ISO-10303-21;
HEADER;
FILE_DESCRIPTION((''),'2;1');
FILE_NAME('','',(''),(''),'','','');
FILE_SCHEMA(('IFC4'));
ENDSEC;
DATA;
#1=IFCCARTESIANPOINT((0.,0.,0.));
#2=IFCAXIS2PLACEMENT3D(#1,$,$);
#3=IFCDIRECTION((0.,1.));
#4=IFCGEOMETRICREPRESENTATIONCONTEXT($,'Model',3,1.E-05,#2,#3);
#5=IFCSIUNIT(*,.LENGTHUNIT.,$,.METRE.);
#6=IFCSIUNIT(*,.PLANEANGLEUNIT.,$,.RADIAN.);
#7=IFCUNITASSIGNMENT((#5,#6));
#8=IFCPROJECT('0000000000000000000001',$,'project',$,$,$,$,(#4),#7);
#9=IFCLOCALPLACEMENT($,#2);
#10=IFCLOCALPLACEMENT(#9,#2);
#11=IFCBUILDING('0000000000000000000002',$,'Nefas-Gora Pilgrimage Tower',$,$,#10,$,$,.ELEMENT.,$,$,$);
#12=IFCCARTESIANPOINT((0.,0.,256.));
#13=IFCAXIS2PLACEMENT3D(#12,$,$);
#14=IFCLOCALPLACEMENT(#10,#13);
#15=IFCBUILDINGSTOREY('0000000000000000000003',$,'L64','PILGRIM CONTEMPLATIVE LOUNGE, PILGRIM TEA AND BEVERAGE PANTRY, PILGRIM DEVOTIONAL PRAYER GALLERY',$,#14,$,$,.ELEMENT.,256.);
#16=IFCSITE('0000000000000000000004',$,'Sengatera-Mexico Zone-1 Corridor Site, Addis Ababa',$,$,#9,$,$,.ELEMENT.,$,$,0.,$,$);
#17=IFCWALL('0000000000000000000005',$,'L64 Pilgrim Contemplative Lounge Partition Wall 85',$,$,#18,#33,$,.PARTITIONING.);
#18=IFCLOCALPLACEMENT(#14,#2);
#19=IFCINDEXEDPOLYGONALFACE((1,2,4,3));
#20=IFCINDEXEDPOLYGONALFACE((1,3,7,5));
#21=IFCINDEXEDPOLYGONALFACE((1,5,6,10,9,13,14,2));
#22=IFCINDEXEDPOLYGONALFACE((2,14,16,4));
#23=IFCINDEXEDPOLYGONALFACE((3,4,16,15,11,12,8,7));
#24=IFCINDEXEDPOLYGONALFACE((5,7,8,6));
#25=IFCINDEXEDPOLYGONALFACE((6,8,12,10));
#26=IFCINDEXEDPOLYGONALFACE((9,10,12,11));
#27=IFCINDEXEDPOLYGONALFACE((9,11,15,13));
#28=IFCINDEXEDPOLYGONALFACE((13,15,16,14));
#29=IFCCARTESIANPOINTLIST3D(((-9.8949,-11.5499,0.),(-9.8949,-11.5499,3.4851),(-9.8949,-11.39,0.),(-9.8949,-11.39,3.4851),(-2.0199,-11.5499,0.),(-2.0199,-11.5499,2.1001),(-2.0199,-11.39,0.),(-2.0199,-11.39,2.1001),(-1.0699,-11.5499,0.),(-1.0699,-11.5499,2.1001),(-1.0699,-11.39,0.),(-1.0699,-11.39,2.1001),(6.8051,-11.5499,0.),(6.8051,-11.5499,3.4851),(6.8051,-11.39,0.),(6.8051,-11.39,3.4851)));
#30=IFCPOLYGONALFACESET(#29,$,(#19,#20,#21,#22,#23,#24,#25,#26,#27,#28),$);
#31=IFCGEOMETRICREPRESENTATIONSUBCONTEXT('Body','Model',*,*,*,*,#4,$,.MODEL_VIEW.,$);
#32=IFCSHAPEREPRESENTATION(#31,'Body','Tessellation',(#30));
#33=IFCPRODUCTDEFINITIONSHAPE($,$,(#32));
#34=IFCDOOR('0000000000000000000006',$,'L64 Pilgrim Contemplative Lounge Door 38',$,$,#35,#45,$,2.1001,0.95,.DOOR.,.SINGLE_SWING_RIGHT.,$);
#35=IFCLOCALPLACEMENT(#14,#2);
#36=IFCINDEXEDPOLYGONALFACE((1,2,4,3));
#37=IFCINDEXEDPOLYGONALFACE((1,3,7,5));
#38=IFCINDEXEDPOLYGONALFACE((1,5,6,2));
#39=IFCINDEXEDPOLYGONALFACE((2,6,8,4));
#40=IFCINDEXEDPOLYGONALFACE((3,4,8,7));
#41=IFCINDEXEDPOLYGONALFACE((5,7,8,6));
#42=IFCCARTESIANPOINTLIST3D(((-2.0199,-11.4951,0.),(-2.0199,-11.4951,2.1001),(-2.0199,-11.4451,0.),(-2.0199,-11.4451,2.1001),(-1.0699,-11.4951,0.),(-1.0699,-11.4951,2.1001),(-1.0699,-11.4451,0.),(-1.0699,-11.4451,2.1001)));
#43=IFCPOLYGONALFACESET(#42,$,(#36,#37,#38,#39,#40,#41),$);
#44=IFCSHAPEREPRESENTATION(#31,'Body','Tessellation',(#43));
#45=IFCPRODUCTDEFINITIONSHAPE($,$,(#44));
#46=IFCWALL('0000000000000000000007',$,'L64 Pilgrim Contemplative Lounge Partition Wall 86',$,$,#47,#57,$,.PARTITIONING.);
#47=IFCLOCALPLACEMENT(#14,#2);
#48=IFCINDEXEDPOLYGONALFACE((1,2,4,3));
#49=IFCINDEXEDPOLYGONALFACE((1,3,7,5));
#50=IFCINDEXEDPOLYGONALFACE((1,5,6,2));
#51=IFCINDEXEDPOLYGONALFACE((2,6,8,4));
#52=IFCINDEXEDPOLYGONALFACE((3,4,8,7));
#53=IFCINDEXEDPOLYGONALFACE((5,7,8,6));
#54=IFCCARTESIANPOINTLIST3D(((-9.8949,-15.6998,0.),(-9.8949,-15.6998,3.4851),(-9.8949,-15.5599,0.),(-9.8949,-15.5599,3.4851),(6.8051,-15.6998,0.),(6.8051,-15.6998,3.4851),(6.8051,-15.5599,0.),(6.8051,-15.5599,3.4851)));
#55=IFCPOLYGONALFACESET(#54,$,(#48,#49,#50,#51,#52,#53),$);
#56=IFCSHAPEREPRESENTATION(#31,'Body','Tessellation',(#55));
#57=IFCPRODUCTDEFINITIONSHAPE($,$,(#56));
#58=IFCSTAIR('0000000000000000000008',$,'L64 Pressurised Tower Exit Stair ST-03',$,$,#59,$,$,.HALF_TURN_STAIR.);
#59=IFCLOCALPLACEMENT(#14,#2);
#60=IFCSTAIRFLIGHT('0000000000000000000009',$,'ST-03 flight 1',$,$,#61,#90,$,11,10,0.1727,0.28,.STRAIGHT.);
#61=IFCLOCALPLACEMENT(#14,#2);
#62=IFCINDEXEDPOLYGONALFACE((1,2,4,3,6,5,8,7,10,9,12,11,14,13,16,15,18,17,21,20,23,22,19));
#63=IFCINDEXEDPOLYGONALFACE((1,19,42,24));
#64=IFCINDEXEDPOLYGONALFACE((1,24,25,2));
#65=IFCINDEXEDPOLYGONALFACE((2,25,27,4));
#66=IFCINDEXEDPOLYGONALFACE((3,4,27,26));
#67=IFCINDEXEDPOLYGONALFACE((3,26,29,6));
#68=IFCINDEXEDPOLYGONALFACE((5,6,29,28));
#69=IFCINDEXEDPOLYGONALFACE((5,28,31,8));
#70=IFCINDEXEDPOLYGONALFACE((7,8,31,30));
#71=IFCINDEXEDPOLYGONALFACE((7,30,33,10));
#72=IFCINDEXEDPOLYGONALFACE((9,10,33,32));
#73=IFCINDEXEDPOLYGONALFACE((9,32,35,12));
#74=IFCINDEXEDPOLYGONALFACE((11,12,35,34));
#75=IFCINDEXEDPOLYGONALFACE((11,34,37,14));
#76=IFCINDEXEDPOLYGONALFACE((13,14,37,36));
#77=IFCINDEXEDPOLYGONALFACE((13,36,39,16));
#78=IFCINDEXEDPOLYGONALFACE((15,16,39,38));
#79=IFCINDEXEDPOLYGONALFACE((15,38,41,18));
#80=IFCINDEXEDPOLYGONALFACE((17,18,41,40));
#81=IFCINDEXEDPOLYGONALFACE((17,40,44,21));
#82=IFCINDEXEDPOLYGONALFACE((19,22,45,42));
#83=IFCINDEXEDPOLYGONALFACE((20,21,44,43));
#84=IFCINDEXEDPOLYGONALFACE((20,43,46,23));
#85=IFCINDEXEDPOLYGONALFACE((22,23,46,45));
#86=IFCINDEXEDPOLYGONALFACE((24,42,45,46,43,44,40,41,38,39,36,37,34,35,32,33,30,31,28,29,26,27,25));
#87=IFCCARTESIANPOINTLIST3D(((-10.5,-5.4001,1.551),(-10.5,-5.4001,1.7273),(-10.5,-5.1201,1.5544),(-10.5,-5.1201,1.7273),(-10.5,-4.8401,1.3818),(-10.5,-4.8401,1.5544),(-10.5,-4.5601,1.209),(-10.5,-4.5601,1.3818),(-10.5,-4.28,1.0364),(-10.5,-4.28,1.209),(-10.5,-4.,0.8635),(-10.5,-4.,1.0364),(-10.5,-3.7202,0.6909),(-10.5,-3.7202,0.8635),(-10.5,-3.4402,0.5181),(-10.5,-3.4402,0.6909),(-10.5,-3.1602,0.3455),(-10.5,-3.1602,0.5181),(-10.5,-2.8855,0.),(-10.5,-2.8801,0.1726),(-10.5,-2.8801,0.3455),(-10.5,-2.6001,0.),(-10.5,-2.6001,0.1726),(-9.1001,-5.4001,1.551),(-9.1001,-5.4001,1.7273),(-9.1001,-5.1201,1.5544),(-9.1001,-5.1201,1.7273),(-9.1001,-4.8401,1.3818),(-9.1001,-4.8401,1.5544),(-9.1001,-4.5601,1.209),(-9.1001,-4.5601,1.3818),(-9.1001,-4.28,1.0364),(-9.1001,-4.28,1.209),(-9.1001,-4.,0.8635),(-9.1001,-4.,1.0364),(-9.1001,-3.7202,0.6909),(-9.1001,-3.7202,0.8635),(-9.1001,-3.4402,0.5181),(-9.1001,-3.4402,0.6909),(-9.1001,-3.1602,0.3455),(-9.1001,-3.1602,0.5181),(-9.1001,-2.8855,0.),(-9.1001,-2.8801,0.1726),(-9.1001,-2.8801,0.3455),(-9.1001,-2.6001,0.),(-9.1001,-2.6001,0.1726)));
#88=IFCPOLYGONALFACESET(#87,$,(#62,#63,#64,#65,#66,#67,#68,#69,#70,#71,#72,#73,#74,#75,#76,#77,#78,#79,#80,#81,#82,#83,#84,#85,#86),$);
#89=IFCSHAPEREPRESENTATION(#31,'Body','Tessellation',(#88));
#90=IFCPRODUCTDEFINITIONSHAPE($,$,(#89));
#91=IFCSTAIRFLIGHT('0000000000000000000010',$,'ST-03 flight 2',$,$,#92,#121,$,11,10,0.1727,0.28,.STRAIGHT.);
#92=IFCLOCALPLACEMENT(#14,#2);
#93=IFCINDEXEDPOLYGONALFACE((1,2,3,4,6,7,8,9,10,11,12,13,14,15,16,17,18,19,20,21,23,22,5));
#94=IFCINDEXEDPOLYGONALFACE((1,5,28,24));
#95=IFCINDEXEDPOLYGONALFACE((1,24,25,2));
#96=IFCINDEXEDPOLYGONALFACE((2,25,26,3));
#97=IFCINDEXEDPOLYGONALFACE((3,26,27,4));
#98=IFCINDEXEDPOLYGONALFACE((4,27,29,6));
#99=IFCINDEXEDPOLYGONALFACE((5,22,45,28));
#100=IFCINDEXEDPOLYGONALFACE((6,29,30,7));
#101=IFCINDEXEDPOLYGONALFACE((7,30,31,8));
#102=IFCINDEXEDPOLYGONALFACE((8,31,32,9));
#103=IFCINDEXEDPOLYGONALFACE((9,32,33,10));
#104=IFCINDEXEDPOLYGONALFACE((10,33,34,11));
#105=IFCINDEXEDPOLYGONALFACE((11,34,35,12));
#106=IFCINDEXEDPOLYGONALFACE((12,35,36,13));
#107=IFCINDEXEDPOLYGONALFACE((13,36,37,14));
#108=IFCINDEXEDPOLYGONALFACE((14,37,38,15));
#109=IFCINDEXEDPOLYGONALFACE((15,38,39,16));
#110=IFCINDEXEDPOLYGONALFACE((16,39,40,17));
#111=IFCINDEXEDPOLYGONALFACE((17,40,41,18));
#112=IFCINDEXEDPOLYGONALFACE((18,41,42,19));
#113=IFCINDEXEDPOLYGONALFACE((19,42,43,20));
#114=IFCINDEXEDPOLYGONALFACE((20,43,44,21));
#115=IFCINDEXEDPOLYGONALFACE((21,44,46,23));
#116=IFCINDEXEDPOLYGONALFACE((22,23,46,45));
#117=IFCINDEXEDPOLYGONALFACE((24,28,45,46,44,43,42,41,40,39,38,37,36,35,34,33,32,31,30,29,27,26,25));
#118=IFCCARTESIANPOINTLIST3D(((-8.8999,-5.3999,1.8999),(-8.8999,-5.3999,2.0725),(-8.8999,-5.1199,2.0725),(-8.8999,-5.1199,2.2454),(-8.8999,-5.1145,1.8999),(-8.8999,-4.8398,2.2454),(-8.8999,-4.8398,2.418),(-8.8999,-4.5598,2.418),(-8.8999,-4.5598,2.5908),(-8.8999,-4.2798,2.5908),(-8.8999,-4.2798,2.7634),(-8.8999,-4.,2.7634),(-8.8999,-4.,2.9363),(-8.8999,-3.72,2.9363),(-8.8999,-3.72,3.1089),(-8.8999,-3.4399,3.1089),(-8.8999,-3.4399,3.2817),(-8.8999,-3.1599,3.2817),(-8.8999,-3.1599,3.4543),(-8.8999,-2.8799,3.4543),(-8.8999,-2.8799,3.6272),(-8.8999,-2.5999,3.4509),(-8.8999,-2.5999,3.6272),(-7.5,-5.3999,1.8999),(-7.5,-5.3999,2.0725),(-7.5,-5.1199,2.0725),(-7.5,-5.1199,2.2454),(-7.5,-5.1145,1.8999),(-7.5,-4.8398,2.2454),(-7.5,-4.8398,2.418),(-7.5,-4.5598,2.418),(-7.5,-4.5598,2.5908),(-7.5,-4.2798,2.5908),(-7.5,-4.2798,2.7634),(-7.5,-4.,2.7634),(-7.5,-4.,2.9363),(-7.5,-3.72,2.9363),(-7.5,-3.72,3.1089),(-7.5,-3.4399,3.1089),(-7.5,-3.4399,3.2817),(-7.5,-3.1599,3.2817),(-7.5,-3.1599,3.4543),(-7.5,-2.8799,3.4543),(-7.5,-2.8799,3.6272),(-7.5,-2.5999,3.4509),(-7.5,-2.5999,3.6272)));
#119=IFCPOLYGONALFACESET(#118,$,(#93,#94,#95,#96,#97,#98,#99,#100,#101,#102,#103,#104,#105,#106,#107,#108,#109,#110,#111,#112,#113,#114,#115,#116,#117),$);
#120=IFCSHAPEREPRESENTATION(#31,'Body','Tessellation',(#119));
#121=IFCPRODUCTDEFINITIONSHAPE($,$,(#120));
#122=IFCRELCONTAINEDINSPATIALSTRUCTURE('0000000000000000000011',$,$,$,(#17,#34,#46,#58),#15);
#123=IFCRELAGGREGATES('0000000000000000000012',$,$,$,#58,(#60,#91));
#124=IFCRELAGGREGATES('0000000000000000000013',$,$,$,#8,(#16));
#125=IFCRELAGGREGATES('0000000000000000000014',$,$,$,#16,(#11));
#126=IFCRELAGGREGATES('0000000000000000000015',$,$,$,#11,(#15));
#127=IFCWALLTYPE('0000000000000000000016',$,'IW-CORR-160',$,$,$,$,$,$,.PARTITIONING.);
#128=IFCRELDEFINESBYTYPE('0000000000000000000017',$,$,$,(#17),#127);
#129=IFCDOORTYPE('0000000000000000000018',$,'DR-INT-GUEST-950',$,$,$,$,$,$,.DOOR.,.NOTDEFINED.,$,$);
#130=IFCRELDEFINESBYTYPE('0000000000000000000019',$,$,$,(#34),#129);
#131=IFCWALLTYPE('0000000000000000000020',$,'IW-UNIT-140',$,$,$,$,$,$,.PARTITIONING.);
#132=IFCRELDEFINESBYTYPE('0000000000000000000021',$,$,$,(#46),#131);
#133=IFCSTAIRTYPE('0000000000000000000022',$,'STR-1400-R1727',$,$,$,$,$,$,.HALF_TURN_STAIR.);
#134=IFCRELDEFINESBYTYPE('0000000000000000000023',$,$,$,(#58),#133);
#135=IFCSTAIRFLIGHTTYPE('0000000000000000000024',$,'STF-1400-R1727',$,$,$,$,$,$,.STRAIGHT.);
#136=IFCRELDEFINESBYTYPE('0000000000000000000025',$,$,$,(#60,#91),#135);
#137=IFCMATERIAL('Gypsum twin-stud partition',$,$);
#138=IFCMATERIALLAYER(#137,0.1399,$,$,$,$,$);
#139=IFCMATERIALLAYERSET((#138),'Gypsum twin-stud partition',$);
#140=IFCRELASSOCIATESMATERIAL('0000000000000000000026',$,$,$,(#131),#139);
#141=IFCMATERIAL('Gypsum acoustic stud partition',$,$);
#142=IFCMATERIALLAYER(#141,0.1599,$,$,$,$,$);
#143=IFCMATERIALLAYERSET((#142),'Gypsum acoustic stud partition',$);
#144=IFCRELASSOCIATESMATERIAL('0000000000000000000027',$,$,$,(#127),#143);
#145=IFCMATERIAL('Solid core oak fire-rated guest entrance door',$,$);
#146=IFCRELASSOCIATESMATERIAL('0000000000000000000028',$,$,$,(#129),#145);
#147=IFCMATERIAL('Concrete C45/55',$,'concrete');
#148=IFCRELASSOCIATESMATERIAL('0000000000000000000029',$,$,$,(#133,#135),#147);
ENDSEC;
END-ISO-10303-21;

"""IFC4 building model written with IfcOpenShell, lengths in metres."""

from ifc_helpers import new_model, si_unit, direction, frame, frame_2d, origin, place, context, subcontext, project, spatial, polyline, rectangle, outline, extrude, source, transform, mapped, material, layer, layer_set, type_object, element, fill, aggregate, save


model = new_model("IFC4")

# Units and contexts
model_context = context("Model", 3, precision=1e-05, world=origin(), true_north=direction((0.0, 1.0)))
body_context = subcontext(model_context, "Body", "Model", "MODEL_VIEW")
ifc_project = project(units=[si_unit("LENGTHUNIT", "METRE"), si_unit("PLANEANGLEUNIT", "RADIAN")], contexts=[model_context])

# Site, building, storey
site_placement = place(None, origin())
site = spatial("IfcSite", under=ifc_project, at=site_placement, Name="Sengatera-Mexico Zone-1 Corridor Site, Addis Ababa", CompositionType="ELEMENT", RefElevation=0.0)
building_placement = place(site_placement, origin())
building = spatial("IfcBuilding", under=site, at=building_placement, Name="Nefas-Gora Pilgrimage Tower", CompositionType="ELEMENT")
storey_placement = place(building_placement, frame((0.0, 0.0, 256.0)))
storey = spatial("IfcBuildingStorey", under=building, at=storey_placement, Name="L64", Description="PILGRIM CONTEMPLATIVE LOUNGE, PILGRIM TEA AND BEVERAGE PANTRY, PILGRIM DEVOTIONAL PRAYER GALLERY", CompositionType="ELEMENT", Elevation=256.0)

# Shared definitions
ifc_material_1 = material(Name="Concrete C45/55", Category="concrete")

# Shared definitions
ifc_material_2 = material(Name="Gypsum twin-stud partition")
ifc_layer_1 = layer(ifc_material_2, 0.1399)
ifc_layer_set_1 = layer_set([ifc_layer_1], Name="Gypsum twin-stud partition")
wall_type_1 = type_object("IfcWallType", Name="IW-UNIT-140", PredefinedType="PARTITIONING", material=ifc_layer_set_1)
ifc_material_3 = material(Name="Gypsum acoustic stud partition")
ifc_layer_2 = layer(ifc_material_3, 0.1599)
ifc_layer_set_2 = layer_set([ifc_layer_2], Name="Gypsum acoustic stud partition")
wall_type_2 = type_object("IfcWallType", Name="IW-CORR-160", PredefinedType="PARTITIONING", material=ifc_layer_set_2)

# Wall, opening, door
shared_shape_1 = source(origin(), body_context, "Body", "SweptSolid", [
    extrude(rectangle(XDim=16.7, YDim=0.1599, at=frame_2d((8.3501, 0.0))), origin(), (0.0, 0.0, 1.0), 3.4851),
])
wall_1_placement = place(storey_placement, frame((-9.895, -11.47, 0.0), z_axis=(0.0, 0.0, 1.0), x_axis=(1.0, 0.0, 0.0)))
wall_1 = element("IfcWall", 1, at=wall_1_placement, inside=storey, type_object=wall_type_2, Name="L64 Pilgrim Contemplative Lounge Partition Wall 85", PredefinedType="PARTITIONING", context=body_context, shape_type="MappedRepresentation", body=[
    mapped(shared_shape_1, transform((0.0, 0.0, 0.0), x_axis=(1.0, 0.0, 0.0), y_axis=(0.0, 1.0, 0.0), z_axis=(0.0, 0.0, 1.0), scale=1.0)),
])
opening_1_placement = place(wall_1_placement, frame((7.875, 0.0, 0.0)))
opening_1 = element("IfcOpeningElement", 2, at=opening_1_placement, cuts=wall_1, PredefinedType="OPENING", context=body_context, shape_type="SweptSolid", body=[
    extrude(rectangle(XDim=0.95, YDim=2.1001, at=frame_2d((0.4751, 1.05))), frame((0.0, 0.0898, 0.0), z_axis=(0.0, -1.0, 0.0), x_axis=(1.0, 0.0, 0.0)), (0.0, 0.0, 1.0), 0.1799),
])
ifc_material_4 = material(Name="Solid core oak fire-rated guest entrance door")
door_type_1 = type_object("IfcDoorType", Name="DR-INT-GUEST-950", OperationType="NOTDEFINED", PredefinedType="DOOR", material=ifc_material_4)
shared_shape_2 = source(origin(), body_context, "Body", "SweptSolid", [
    extrude(rectangle(XDim=0.95, YDim=2.1001, at=frame_2d((0.4751, 1.05))), frame((0.0, 0.0249, 0.0), z_axis=(0.0, -1.0, 0.0), x_axis=(1.0, 0.0, 0.0)), (0.0, 0.0, 1.0), 0.05),
])
door_1_placement = place(opening_1_placement, origin())
door_1 = element("IfcDoor", 3, at=door_1_placement, inside=storey, type_object=door_type_1, Name="L64 Pilgrim Contemplative Lounge Door 38", OperationType="SINGLE_SWING_RIGHT", OverallHeight=2.1001, OverallWidth=0.95, PredefinedType="DOOR", context=body_context, shape_type="MappedRepresentation", body=[
    mapped(shared_shape_2, transform((0.0, 0.0, 0.0), x_axis=(1.0, 0.0, 0.0), y_axis=(0.0, 1.0, 0.0), z_axis=(0.0, 0.0, 1.0), scale=1.0)),
])
fill(opening_1, door_1)

# Wall
shared_shape_3 = source(origin(), body_context, "Body", "SweptSolid", [
    extrude(rectangle(XDim=16.7, YDim=0.1399, at=frame_2d((8.3501, 0.0))), origin(), (0.0, 0.0, 1.0), 3.4851),
])
wall_2_placement = place(storey_placement, frame((-9.895, -15.6299, 0.0), z_axis=(0.0, 0.0, 1.0), x_axis=(1.0, 0.0, 0.0)))
element("IfcWall", 4, at=wall_2_placement, inside=storey, type_object=wall_type_1, Name="L64 Pilgrim Contemplative Lounge Partition Wall 86", PredefinedType="PARTITIONING", context=body_context, shape_type="MappedRepresentation", body=[
    mapped(shared_shape_3, transform((0.0, 0.0, 0.0), x_axis=(1.0, 0.0, 0.0), y_axis=(0.0, 1.0, 0.0), z_axis=(0.0, 0.0, 1.0), scale=1.0)),
])

# Stair, stair flights
stair_type = type_object("IfcStairType", Name="STR-1400-R1727", PredefinedType="HALF_TURN_STAIR", material=ifc_material_1)
stair_placement = place(storey_placement, origin())
stair = element("IfcStair", 5, at=stair_placement, inside=storey, type_object=stair_type, Name="L64 Pressurised Tower Exit Stair ST-03", PredefinedType="HALF_TURN_STAIR")
stair_flight_type = type_object("IfcStairFlightType", Name="STF-1400-R1727", PredefinedType="STRAIGHT", material=ifc_material_1)
shared_shape_4 = source(origin(), body_context, "Body", "SweptSolid", [
    extrude(outline(polyline([(0.0, 0.0), (0.0, 0.1726), (0.28, 0.1726), (0.28, 0.3455), (0.5601, 0.3455), (0.5601, 0.5181), (0.8401, 0.5181), (0.8401, 0.6909), (1.1201, 0.6909), (1.1201, 0.8635), (1.3999, 0.8635), (1.3999, 1.0364), (1.6799, 1.0364), (1.6799, 1.209), (1.96, 1.209), (1.96, 1.3818), (2.24, 1.3818), (2.24, 1.5544), (2.52, 1.5544), (2.52, 1.7273), (2.8, 1.7273), (2.8, 1.8999), (2.8, 1.551), (0.2854, 0.0), (0.0, 0.0)])), frame((0.0, 0.7, 0.0), z_axis=(0.0, -1.0, 0.0), x_axis=(1.0, 0.0, 0.0)), (0.0, 0.0, 1.0), 1.3999),
])
stair_flight_1_placement = place(storey_placement, frame((-9.8, -2.6001, 0.0), z_axis=(0.0, 0.0, 1.0), x_axis=(0.0, -1.0, 0.0)))
stair_flight_1 = element("IfcStairFlight", 6, at=stair_flight_1_placement, type_object=stair_flight_type, Name="ST-03 flight 1", NumberOfRisers=11, NumberOfTreads=10, PredefinedType="STRAIGHT", RiserHeight=0.1727, TreadLength=0.28, context=body_context, shape_type="MappedRepresentation", body=[
    mapped(shared_shape_4, transform((0.0, 0.0, 0.0), x_axis=(1.0, 0.0, 0.0), y_axis=(0.0, 1.0, 0.0), z_axis=(0.0, 0.0, 1.0), scale=1.0)),
])
stair_flight_2_placement = place(storey_placement, frame((-8.2, -5.3999, 1.8999), z_axis=(0.0, 0.0, 1.0), x_axis=(0.0, 1.0, 0.0)))
stair_flight_2 = element("IfcStairFlight", 7, at=stair_flight_2_placement, type_object=stair_flight_type, Name="ST-03 flight 2", NumberOfRisers=11, NumberOfTreads=10, PredefinedType="STRAIGHT", RiserHeight=0.1727, TreadLength=0.28, context=body_context, shape_type="MappedRepresentation", body=[
    mapped(shared_shape_4, transform((0.0, 0.0, 0.0), x_axis=(1.0, 0.0, 0.0), y_axis=(0.0, 1.0, 0.0), z_axis=(0.0, 0.0, 1.0), scale=1.0)),
])
aggregate(stair, [stair_flight_1, stair_flight_2])

save(model, "model.ifc")
